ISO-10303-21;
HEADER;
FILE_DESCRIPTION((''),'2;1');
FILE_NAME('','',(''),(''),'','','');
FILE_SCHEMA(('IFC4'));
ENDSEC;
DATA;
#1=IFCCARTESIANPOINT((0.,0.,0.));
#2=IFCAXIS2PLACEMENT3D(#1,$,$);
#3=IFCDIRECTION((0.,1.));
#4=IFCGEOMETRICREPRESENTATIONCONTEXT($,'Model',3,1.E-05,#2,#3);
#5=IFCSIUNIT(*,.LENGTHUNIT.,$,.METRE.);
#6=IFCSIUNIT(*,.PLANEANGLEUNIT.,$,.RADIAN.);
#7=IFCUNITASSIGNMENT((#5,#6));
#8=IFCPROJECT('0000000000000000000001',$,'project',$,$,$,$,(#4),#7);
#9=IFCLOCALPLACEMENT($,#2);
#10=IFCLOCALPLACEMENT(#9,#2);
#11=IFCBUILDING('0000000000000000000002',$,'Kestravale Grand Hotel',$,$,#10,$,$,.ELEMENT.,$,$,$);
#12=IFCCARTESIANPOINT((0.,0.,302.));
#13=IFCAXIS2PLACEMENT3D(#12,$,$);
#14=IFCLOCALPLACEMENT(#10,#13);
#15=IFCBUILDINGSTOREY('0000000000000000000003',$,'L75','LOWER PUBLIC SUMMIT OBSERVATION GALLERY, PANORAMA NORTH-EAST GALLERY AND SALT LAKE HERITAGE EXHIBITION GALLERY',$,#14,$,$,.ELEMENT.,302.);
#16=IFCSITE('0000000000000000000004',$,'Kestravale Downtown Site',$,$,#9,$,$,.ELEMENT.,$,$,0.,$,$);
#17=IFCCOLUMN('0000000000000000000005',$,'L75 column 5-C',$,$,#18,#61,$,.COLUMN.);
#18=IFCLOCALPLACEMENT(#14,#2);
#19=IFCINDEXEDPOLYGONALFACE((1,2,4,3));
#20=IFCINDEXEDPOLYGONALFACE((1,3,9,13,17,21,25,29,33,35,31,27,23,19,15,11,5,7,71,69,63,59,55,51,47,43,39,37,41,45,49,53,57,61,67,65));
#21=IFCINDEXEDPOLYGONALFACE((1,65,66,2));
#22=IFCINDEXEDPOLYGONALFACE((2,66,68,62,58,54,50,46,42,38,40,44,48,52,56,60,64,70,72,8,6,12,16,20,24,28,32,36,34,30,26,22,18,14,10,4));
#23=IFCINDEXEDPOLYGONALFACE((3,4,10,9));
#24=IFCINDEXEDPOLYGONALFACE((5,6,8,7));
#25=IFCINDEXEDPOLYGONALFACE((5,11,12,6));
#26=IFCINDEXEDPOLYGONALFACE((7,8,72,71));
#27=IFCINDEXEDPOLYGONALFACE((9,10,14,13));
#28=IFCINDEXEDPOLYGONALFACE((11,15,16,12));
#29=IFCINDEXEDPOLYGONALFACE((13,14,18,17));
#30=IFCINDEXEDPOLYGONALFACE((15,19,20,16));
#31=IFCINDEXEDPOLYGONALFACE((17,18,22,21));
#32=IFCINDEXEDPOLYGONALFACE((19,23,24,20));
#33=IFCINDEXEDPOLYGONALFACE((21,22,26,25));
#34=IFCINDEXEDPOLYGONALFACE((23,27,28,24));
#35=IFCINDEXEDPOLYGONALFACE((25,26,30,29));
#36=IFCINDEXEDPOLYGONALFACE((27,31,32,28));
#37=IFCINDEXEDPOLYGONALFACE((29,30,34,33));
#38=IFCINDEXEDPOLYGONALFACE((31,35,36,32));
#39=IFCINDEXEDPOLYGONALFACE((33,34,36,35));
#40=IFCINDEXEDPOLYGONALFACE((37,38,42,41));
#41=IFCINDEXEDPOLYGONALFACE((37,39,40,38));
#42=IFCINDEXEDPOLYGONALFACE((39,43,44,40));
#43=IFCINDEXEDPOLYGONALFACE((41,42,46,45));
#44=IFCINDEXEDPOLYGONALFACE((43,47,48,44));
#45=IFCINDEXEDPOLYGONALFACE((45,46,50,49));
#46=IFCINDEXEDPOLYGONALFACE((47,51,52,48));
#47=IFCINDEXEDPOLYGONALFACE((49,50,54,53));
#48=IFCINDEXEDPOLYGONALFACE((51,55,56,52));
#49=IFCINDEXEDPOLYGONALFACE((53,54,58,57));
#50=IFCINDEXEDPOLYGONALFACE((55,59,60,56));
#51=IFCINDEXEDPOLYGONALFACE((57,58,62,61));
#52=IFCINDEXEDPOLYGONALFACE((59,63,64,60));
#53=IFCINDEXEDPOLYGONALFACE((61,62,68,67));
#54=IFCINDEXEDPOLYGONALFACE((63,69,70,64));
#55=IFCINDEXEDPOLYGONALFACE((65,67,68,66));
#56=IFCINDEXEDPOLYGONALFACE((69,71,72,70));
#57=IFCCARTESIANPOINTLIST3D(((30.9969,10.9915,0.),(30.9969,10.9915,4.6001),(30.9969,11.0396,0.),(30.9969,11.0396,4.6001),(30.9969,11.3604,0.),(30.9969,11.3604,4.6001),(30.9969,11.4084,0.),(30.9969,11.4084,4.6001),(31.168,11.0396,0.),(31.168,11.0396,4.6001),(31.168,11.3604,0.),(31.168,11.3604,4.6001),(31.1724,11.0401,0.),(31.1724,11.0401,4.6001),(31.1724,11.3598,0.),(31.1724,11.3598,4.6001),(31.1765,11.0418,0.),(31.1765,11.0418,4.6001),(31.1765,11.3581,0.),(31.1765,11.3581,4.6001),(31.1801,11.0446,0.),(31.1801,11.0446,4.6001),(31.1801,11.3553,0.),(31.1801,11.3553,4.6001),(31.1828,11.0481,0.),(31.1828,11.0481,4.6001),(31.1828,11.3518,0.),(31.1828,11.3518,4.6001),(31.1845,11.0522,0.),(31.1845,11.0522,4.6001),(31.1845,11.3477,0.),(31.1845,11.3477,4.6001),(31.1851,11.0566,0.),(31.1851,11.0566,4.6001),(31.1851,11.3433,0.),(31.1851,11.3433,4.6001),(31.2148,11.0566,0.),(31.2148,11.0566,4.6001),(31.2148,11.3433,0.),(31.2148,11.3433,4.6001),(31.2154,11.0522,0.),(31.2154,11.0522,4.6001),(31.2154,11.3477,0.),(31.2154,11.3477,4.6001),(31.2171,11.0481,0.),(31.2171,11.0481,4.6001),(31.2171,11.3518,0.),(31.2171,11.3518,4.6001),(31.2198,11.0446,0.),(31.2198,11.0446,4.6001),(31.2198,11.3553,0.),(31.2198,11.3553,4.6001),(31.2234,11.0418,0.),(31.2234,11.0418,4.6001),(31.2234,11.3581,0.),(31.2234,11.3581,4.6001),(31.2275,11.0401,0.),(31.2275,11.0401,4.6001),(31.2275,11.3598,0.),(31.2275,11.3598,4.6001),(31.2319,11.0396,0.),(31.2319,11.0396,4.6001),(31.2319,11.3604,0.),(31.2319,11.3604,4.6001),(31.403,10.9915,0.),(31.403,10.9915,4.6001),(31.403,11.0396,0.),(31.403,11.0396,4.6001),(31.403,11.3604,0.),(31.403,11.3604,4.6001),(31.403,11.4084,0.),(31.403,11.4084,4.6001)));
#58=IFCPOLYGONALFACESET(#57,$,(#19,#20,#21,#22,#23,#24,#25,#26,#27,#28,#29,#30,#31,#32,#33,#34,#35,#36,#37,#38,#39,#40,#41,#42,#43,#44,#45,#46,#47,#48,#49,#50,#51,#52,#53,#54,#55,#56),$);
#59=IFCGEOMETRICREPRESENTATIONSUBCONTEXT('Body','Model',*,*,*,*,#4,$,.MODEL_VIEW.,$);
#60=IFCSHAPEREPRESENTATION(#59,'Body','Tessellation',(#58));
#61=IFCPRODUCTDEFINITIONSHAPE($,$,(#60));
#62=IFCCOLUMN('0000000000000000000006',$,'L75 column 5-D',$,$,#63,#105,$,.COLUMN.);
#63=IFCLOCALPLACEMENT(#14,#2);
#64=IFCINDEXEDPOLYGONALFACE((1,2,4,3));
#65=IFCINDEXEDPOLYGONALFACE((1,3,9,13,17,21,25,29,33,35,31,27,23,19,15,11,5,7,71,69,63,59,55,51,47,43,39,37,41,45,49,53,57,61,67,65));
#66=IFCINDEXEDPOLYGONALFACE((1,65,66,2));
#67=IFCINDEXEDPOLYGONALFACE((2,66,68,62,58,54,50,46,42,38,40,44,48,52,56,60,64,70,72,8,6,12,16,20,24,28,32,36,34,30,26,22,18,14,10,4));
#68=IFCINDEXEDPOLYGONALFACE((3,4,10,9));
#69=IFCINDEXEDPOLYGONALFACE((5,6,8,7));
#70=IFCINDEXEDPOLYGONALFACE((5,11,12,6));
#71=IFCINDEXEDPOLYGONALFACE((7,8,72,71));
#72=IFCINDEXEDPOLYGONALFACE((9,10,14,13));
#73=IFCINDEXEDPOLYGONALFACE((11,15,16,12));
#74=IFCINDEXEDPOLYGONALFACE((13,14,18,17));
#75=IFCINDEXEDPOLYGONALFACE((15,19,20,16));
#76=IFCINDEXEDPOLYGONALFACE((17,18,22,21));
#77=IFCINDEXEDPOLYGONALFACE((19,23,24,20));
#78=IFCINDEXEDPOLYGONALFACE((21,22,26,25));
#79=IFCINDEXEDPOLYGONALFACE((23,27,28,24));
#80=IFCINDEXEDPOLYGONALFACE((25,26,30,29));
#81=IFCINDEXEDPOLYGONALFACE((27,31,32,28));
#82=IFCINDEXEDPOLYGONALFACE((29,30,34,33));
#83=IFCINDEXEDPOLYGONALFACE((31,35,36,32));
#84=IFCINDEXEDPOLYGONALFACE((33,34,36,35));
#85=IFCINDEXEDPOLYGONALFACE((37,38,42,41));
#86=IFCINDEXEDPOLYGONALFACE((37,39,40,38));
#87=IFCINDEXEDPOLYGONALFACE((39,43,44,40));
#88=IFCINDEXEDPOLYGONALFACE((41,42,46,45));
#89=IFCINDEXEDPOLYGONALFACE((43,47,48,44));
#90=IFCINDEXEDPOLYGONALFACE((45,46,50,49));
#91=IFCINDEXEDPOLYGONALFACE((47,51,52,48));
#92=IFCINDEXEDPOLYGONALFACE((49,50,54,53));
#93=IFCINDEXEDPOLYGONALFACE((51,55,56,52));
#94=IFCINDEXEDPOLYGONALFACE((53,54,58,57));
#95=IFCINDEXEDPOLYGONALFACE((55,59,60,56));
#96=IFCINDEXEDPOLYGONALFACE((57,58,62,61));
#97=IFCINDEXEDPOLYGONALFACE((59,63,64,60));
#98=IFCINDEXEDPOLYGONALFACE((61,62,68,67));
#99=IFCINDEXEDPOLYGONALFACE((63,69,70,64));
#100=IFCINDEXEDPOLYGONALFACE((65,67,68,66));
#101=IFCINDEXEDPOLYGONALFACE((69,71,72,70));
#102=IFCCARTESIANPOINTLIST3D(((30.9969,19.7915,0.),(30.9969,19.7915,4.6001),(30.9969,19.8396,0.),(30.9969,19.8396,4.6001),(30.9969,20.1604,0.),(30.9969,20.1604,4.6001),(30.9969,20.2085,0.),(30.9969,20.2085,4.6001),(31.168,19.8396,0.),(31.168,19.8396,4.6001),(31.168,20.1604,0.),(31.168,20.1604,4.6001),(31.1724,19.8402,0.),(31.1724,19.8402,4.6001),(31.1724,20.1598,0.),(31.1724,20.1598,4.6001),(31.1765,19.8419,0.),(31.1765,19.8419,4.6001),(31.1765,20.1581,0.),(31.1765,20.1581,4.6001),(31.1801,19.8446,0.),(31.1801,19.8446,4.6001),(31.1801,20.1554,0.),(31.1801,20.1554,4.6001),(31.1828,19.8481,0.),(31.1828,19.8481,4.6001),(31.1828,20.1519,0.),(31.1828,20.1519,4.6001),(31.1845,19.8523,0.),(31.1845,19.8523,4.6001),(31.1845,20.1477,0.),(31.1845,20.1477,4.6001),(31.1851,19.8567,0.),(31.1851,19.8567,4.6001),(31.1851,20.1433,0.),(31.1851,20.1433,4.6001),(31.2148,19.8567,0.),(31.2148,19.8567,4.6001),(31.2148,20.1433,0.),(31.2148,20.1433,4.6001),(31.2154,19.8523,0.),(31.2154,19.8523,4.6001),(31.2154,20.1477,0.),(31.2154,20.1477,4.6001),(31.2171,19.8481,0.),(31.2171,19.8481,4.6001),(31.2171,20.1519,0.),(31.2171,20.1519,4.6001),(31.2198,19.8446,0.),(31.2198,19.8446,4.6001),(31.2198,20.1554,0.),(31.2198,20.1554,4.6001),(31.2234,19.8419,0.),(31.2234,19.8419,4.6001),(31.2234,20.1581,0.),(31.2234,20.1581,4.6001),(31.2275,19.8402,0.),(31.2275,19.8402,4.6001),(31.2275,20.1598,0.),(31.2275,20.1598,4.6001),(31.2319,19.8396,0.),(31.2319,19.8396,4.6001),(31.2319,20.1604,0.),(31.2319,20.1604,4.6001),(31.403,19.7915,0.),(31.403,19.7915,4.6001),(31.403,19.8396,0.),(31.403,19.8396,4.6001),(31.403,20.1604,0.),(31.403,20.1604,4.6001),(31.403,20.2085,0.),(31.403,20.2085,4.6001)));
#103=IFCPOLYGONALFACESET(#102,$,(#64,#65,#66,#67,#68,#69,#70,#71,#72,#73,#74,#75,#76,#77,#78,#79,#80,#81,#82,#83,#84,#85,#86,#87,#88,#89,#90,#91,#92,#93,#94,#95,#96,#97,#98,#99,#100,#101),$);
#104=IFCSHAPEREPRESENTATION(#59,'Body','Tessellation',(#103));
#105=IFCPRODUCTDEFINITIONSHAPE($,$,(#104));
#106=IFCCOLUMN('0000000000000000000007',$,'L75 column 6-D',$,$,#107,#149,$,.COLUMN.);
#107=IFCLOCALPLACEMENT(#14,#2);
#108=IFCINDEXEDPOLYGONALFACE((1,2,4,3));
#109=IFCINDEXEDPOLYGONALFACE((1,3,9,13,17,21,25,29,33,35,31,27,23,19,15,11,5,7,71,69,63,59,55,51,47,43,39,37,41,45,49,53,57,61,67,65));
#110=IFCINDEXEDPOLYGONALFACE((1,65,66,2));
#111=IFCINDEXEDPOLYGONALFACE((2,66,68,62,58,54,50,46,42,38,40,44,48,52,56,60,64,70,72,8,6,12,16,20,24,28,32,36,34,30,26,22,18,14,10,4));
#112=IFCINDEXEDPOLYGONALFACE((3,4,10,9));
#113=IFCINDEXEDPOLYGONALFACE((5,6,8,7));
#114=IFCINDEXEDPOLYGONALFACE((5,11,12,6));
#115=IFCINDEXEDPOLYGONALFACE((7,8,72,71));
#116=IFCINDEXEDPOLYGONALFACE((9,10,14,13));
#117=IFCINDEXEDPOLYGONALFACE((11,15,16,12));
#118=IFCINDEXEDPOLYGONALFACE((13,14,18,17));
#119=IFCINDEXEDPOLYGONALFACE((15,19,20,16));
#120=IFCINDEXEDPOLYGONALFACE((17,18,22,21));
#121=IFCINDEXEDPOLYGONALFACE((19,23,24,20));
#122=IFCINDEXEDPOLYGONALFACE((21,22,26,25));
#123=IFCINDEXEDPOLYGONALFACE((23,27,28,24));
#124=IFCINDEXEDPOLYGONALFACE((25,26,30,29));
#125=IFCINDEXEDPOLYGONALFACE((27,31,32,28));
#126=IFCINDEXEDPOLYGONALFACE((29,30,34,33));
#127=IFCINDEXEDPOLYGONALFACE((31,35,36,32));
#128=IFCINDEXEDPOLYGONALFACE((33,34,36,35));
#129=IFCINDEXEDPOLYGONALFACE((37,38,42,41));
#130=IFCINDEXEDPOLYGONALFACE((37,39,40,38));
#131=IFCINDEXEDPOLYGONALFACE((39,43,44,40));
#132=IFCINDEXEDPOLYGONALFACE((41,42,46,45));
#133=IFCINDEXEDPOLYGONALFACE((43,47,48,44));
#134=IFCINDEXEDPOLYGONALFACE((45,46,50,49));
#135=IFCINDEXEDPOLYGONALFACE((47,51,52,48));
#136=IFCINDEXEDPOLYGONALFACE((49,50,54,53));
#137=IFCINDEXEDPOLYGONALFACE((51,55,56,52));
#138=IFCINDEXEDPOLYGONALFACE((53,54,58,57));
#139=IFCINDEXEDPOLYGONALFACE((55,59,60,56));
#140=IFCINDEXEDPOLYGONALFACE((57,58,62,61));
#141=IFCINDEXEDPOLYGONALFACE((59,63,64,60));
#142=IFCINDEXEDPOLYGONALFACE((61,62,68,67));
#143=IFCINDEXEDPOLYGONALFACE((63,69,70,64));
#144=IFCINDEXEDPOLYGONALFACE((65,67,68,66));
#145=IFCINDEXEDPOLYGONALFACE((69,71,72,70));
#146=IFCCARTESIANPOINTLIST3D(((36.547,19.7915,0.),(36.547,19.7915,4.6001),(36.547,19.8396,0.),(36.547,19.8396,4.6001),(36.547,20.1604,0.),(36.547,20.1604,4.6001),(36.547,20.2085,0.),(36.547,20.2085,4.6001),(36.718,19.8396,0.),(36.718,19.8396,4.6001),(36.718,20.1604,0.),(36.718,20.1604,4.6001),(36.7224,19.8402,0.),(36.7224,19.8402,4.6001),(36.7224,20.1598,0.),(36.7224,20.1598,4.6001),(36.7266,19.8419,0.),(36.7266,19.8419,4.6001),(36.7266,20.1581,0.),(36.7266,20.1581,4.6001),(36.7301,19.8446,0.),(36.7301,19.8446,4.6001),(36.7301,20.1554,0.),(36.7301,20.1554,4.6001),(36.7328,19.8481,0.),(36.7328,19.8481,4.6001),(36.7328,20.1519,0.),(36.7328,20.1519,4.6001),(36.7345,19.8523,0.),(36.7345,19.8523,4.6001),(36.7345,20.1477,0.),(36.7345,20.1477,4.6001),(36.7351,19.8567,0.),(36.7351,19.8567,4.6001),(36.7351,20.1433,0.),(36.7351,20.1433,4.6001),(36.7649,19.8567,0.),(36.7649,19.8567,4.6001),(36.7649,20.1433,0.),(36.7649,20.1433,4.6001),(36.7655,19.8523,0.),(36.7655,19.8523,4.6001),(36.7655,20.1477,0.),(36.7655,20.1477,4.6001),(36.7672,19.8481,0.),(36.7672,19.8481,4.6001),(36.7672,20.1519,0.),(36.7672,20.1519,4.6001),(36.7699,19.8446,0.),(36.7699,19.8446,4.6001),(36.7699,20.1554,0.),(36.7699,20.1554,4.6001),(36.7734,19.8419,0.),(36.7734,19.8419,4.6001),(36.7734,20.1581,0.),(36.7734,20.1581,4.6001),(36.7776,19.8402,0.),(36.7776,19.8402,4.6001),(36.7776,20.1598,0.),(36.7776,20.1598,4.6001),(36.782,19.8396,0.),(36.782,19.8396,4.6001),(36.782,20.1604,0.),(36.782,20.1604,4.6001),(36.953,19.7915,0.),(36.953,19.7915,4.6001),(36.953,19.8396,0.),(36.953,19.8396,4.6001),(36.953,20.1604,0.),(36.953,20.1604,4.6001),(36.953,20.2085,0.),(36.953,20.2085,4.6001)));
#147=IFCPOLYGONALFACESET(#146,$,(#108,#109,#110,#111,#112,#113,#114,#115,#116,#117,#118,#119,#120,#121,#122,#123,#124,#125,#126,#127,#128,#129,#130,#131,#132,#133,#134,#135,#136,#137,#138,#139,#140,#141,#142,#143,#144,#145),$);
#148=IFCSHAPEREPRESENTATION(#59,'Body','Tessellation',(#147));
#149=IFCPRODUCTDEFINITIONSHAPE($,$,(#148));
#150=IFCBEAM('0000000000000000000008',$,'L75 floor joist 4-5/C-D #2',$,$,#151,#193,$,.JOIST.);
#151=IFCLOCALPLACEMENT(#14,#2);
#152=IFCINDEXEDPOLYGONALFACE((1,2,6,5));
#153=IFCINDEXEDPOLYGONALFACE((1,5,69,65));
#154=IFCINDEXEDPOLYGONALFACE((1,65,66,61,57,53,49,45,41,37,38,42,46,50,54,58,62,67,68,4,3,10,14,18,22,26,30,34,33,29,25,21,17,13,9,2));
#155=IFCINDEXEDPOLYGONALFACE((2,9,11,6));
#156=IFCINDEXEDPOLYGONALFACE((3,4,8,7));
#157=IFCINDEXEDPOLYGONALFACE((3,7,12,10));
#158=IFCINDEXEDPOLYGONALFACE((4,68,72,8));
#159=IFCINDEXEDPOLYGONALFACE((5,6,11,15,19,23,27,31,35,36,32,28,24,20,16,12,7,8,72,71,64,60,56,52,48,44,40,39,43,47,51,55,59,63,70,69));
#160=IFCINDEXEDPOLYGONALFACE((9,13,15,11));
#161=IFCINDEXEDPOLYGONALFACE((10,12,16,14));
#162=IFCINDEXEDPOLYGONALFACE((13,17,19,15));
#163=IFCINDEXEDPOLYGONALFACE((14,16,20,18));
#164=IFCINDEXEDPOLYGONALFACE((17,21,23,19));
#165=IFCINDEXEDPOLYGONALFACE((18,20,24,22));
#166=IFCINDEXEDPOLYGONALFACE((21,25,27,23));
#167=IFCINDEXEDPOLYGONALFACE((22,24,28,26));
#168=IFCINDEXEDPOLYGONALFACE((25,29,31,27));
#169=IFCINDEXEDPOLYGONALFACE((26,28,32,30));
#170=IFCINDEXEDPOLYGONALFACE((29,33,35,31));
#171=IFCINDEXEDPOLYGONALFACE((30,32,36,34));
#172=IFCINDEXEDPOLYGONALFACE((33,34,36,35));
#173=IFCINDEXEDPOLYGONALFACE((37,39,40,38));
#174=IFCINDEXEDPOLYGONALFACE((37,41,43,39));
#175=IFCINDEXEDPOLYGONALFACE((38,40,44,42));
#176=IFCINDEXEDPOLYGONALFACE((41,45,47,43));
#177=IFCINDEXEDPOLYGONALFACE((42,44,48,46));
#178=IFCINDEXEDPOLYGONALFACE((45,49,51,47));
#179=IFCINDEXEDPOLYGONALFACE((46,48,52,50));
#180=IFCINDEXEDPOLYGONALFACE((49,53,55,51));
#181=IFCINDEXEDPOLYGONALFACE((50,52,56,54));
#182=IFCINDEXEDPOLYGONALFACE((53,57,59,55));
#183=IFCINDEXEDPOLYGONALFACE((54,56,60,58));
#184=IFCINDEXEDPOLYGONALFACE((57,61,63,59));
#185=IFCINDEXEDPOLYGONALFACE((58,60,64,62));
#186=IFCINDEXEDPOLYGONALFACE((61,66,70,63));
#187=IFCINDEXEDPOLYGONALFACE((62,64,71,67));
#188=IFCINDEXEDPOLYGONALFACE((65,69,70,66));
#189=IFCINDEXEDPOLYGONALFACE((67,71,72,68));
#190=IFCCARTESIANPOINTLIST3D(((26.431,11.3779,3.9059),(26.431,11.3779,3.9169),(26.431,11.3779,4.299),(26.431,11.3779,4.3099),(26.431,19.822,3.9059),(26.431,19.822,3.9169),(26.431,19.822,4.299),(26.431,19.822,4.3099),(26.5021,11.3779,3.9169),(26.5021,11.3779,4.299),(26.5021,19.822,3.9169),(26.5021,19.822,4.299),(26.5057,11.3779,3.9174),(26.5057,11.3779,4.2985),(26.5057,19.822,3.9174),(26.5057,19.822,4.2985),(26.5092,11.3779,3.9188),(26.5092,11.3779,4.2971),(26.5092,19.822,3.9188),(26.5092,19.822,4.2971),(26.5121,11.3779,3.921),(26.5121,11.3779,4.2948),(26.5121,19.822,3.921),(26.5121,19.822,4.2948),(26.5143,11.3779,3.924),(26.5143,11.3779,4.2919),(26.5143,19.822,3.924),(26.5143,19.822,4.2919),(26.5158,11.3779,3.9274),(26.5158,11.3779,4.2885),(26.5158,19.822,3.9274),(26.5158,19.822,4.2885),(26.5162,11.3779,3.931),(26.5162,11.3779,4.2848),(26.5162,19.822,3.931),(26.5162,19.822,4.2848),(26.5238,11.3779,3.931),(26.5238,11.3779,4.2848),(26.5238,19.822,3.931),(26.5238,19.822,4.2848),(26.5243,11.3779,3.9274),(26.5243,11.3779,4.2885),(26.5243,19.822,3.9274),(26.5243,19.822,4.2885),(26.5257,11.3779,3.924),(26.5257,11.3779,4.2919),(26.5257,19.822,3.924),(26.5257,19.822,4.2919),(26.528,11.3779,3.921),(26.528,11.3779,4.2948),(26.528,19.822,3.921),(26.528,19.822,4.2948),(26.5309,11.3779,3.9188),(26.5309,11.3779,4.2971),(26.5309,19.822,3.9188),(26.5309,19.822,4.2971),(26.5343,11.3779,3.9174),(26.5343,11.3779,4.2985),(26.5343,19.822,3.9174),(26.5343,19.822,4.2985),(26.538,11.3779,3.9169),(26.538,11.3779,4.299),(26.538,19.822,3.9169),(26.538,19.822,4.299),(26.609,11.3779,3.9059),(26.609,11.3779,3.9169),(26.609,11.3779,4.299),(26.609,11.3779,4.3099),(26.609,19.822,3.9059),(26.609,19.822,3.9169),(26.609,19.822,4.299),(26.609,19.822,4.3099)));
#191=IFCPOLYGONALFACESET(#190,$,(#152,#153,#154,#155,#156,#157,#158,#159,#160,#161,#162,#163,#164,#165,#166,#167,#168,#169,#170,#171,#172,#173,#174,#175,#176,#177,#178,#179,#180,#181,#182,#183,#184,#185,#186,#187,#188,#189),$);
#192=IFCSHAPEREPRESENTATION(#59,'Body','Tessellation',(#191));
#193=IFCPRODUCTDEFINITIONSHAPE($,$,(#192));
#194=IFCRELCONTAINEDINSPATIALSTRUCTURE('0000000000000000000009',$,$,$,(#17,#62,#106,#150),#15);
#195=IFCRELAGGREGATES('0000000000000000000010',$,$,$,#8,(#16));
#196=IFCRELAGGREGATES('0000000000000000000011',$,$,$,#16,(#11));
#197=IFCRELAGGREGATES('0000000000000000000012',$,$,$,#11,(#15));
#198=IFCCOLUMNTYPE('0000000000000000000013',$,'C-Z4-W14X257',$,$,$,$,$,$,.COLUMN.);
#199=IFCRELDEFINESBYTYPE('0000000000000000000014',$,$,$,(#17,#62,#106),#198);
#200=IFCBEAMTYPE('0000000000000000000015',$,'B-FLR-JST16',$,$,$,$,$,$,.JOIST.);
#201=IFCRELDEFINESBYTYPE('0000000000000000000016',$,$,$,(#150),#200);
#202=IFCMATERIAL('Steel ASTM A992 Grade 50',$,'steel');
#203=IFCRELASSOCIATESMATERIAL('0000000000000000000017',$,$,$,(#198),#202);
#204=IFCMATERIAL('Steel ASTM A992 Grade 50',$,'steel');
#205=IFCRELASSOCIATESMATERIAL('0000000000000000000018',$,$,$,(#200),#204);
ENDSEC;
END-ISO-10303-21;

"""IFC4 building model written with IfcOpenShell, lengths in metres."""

from ifc_helpers import new_model, si_unit, direction, frame, origin, origin_2d, place, context, subcontext, project, spatial, i_section, extrude, material, material_profile, profile_set, type_object, element, save


model = new_model("IFC4")

# Units and contexts
model_context = context("Model", 3, precision=1e-05, world=origin(), true_north=direction((0.0, 1.0)))
body_context = subcontext(model_context, "Body", "Model", "MODEL_VIEW")
ifc_project = project(units=[si_unit("LENGTHUNIT", "METRE"), si_unit("PLANEANGLEUNIT", "RADIAN")], contexts=[model_context])

# Site, building, storey
site_placement = place(None, origin())
site = spatial("IfcSite", under=ifc_project, at=site_placement, Name="Kestravale Downtown Site", CompositionType="ELEMENT", RefElevation=0.0)
building_placement = place(site_placement, origin())
building = spatial("IfcBuilding", under=site, at=building_placement, Name="Kestravale Grand Hotel", CompositionType="ELEMENT")
storey_placement = place(building_placement, frame((0.0, 0.0, 302.0)))
storey = spatial("IfcBuildingStorey", under=building, at=storey_placement, Name="L75", Description="LOWER PUBLIC SUMMIT OBSERVATION GALLERY, PANORAMA NORTH-EAST GALLERY AND SALT LAKE HERITAGE EXHIBITION GALLERY", CompositionType="ELEMENT", Elevation=302.0)

# Columns
ifc_material_1 = material(Name="Steel ASTM A992 Grade 50", Category="steel")
ifc_material_profile_1 = material_profile(ifc_material_1, i_section(OverallWidth=0.406, OverallDepth=0.417, WebThickness=0.0298, FlangeThickness=0.0481, FilletRadius=0.0171, at=origin_2d()))
ifc_profile_set_1 = profile_set([ifc_material_profile_1], Name="Steel ASTM A992 Grade 50")
column_type = type_object("IfcColumnType", Name="C-Z4-W14X257", PredefinedType="COLUMN", material=ifc_profile_set_1)
for number, where, z_axis, x_axis, name in (
    (1, (31.2, 11.2, 0.0), (0.0, 0.0, 1.0), (1.0, 0.0, 0.0), "L75 column 5-C"),
    (2, (31.2, 20.0, 0.0), (0.0, 0.0, 1.0), (1.0, 0.0, 0.0), "L75 column 5-D"),
    (3, (36.75, 20.0, 0.0), (0.0, 0.0, 1.0), (1.0, 0.0, 0.0), "L75 column 6-D"),
):
    element("IfcColumn", number, at=place(storey_placement, frame(where, z_axis=z_axis, x_axis=x_axis)), inside=storey, type_object=column_type, Name=name, PredefinedType="COLUMN", context=body_context, shape_type="SweptSolid", body=[
        extrude(i_section(OverallWidth=0.406, OverallDepth=0.417, WebThickness=0.0298, FlangeThickness=0.0481, FilletRadius=0.0171, at=origin_2d()), origin(), (0.0, 0.0, 1.0), 4.6001),
    ])

# Beam
ifc_material_2 = material(Name="Steel ASTM A992 Grade 50", Category="steel")
ifc_material_profile_2 = material_profile(ifc_material_2, i_section(OverallWidth=0.178, OverallDepth=0.4041, WebThickness=0.0076, FlangeThickness=0.011, FilletRadius=0.0142, at=origin_2d()))
ifc_profile_set_2 = profile_set([ifc_material_profile_2], Name="Steel ASTM A992 Grade 50")
beam_type_1 = type_object("IfcBeamType", Name="B-FLR-JST16", PredefinedType="JOIST", material=ifc_profile_set_2)
for number, where, z_axis, x_axis, name in (
    (4, (26.52, 11.3779, 4.1079), (0.0, 1.0, 0.0), (-1.0, 0.0, 0.0), "L75 floor joist 4-5/C-D #2"),
):
    element("IfcBeam", number, at=place(storey_placement, frame(where, z_axis=z_axis, x_axis=x_axis)), inside=storey, type_object=beam_type_1, Name=name, PredefinedType="JOIST", context=body_context, shape_type="SweptSolid", body=[
        extrude(i_section(OverallWidth=0.178, OverallDepth=0.4041, WebThickness=0.0076, FlangeThickness=0.011, FilletRadius=0.0142, at=origin_2d()), origin(), (0.0, 0.0, 1.0), 8.4441),
    ])

save(model, "model.ifc")
